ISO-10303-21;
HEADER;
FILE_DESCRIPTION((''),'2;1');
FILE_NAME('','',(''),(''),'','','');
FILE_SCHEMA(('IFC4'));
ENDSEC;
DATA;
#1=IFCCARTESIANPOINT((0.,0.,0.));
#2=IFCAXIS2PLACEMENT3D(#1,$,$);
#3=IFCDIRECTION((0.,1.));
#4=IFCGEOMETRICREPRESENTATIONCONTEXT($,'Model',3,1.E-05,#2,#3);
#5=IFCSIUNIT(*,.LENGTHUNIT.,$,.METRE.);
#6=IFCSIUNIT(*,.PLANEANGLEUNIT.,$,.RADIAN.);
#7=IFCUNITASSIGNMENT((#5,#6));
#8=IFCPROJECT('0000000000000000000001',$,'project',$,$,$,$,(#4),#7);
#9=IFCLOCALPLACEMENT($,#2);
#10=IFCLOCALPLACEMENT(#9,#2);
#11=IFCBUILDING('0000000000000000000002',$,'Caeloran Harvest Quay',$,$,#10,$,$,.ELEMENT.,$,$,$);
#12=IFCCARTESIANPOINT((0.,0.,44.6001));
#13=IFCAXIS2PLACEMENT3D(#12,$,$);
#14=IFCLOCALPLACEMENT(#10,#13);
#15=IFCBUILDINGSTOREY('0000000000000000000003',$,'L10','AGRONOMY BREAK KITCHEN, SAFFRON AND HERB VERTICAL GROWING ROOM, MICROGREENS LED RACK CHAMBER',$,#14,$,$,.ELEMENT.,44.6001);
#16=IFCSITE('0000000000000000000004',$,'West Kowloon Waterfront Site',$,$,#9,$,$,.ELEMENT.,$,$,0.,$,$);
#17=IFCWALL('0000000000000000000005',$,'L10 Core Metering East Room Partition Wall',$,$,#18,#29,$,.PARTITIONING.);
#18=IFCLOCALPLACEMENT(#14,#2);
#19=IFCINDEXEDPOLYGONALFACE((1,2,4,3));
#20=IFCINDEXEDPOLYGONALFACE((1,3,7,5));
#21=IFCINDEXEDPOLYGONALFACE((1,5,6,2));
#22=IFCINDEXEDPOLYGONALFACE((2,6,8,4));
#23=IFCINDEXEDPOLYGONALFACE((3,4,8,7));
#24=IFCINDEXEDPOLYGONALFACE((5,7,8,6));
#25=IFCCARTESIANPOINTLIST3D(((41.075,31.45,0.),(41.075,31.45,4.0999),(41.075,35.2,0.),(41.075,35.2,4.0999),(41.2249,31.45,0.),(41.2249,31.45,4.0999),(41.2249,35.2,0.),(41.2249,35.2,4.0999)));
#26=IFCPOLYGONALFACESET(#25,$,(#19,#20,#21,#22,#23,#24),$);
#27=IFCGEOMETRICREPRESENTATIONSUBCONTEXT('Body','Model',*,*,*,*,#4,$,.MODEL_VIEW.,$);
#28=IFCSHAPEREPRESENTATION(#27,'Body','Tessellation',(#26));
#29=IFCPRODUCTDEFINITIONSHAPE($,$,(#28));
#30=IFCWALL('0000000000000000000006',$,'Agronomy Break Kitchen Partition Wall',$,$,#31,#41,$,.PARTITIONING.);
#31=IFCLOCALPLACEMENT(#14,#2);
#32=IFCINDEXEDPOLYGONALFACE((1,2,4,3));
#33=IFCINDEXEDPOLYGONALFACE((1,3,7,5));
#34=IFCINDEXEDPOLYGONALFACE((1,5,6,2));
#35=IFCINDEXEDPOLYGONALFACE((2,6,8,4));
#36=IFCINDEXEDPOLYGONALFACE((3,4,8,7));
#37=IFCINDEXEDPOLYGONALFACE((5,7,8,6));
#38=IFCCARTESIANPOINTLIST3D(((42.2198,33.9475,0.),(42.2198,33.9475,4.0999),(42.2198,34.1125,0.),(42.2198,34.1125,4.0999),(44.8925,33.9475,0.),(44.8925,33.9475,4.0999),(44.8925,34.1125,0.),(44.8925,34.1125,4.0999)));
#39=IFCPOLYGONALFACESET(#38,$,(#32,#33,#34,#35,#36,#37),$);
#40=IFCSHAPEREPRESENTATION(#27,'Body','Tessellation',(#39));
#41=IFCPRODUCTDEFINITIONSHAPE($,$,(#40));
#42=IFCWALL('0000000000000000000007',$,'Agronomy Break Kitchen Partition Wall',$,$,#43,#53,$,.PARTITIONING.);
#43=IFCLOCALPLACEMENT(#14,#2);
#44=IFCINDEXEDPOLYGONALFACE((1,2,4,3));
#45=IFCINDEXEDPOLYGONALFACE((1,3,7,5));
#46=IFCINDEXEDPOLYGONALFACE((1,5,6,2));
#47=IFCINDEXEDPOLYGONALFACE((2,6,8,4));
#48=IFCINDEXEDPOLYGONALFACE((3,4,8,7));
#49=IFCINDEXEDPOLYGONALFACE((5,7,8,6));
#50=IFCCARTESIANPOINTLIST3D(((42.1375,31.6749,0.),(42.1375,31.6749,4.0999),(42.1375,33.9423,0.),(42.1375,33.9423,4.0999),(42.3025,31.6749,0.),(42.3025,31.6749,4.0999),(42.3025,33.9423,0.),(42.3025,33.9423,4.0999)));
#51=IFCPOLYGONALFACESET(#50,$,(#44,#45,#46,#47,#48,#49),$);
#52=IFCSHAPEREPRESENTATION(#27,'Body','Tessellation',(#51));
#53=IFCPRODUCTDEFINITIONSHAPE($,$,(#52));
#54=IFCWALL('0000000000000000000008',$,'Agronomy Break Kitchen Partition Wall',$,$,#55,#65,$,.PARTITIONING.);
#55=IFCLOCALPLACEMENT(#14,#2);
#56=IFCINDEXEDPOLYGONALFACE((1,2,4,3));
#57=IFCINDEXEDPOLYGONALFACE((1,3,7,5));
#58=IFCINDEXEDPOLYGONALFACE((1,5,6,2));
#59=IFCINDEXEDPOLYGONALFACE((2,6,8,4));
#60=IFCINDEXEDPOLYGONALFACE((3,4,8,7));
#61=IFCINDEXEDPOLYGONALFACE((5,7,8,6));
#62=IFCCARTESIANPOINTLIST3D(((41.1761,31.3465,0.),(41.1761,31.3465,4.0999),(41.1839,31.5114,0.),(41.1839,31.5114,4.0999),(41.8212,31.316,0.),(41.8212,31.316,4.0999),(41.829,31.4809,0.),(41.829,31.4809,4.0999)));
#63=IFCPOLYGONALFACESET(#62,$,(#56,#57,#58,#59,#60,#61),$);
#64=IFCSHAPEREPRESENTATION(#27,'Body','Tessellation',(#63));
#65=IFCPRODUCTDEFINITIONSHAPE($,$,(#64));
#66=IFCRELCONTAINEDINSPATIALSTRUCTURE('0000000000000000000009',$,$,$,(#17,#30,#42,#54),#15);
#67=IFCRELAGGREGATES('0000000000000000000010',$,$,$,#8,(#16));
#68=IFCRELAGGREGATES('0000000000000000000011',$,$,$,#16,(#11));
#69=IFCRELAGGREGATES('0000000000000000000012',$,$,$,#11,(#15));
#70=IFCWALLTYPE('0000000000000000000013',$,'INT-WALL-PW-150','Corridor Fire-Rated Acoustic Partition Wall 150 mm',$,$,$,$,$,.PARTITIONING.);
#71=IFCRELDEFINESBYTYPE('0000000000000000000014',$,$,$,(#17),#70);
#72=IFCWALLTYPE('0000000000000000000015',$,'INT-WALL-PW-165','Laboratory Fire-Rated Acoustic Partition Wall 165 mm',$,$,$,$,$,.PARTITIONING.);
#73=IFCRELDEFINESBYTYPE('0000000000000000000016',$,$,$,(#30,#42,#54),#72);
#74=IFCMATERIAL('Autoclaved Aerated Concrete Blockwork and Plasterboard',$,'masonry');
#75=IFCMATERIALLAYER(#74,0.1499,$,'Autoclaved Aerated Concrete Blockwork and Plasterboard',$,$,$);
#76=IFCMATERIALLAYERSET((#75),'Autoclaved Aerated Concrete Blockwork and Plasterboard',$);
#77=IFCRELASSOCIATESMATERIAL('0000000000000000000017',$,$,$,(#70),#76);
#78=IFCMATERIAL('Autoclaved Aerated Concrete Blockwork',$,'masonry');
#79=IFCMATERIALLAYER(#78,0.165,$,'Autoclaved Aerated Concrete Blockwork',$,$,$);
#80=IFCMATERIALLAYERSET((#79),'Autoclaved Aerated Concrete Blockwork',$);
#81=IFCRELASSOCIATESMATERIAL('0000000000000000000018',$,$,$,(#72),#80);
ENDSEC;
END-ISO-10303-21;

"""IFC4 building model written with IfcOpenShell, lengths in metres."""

from ifc_helpers import new_model, si_unit, direction, frame, frame_2d, origin, place, context, subcontext, project, spatial, rectangle, extrude, material, layer, layer_set, type_object, element, save


model = new_model("IFC4")

# Units and contexts
model_context = context("Model", 3, precision=1e-05, world=origin(), true_north=direction((0.0, 1.0)))
body_context = subcontext(model_context, "Body", "Model", "MODEL_VIEW")
ifc_project = project(units=[si_unit("LENGTHUNIT", "METRE"), si_unit("PLANEANGLEUNIT", "RADIAN")], contexts=[model_context])

# Site, building, storey
site_placement = place(None, origin())
site = spatial("IfcSite", under=ifc_project, at=site_placement, Name="West Kowloon Waterfront Site", CompositionType="ELEMENT", RefElevation=0.0)
building_placement = place(site_placement, origin())
building = spatial("IfcBuilding", under=site, at=building_placement, Name="Caeloran Harvest Quay", CompositionType="ELEMENT")
storey_placement = place(building_placement, frame((0.0, 0.0, 44.6001)))
storey = spatial("IfcBuildingStorey", under=building, at=storey_placement, Name="L10", Description="AGRONOMY BREAK KITCHEN, SAFFRON AND HERB VERTICAL GROWING ROOM, MICROGREENS LED RACK CHAMBER", CompositionType="ELEMENT", Elevation=44.6001)

# Walls
ifc_material_1 = material(Name="Autoclaved Aerated Concrete Blockwork and Plasterboard", Category="masonry")
ifc_layer_1 = layer(ifc_material_1, 0.1499, Name="Autoclaved Aerated Concrete Blockwork and Plasterboard")
ifc_layer_set_1 = layer_set([ifc_layer_1], Name="Autoclaved Aerated Concrete Blockwork and Plasterboard")
wall_type_1 = type_object("IfcWallType", Name="INT-WALL-PW-150", Description="Corridor Fire-Rated Acoustic Partition Wall 150 mm", PredefinedType="PARTITIONING", material=ifc_layer_set_1)
wall_1_placement = place(storey_placement, frame((41.1499, 35.2, 0.0), z_axis=(0.0, 0.0, 1.0), x_axis=(0.0, -1.0, 0.0)))
element("IfcWall", 1, at=wall_1_placement, inside=storey, type_object=wall_type_1, Name="L10 Core Metering East Room Partition Wall", PredefinedType="PARTITIONING", context=body_context, shape_type="SweptSolid", body=[
    extrude(rectangle(XDim=3.75, YDim=0.1499, at=frame_2d((1.875, 0.0))), origin(), (0.0, 0.0, 1.0), 4.0999),
])
ifc_material_2 = material(Name="Autoclaved Aerated Concrete Blockwork", Category="masonry")
ifc_layer_2 = layer(ifc_material_2, 0.165, Name="Autoclaved Aerated Concrete Blockwork")
ifc_layer_set_2 = layer_set([ifc_layer_2], Name="Autoclaved Aerated Concrete Blockwork")
wall_type_2 = type_object("IfcWallType", Name="INT-WALL-PW-165", Description="Laboratory Fire-Rated Acoustic Partition Wall 165 mm", PredefinedType="PARTITIONING", material=ifc_layer_set_2)
wall_2_placement = place(storey_placement, frame((44.8926, 34.03, 0.0), z_axis=(0.0, 0.0, 1.0), x_axis=(-1.0, 0.0, 0.0)))
element("IfcWall", 2, at=wall_2_placement, inside=storey, type_object=wall_type_2, Name="Agronomy Break Kitchen Partition Wall", PredefinedType="PARTITIONING", context=body_context, shape_type="SweptSolid", body=[
    extrude(rectangle(XDim=2.6726, YDim=0.165, at=frame_2d((1.3364, 0.0))), origin(), (0.0, 0.0, 1.0), 4.0999),
])
wall_3_placement = place(storey_placement, frame((42.22, 33.9424, 0.0), z_axis=(0.0, 0.0, 1.0), x_axis=(0.0, -1.0, 0.0)))
element("IfcWall", 3, at=wall_3_placement, inside=storey, type_object=wall_type_2, Name="Agronomy Break Kitchen Partition Wall", PredefinedType="PARTITIONING", context=body_context, shape_type="SweptSolid", body=[
    extrude(rectangle(XDim=2.2673, YDim=0.165, at=frame_2d((1.1338, 0.0))), origin(), (0.0, 0.0, 1.0), 4.0999),
])
wall_4_placement = place(storey_placement, frame((41.825, 31.3984, 0.0), z_axis=(0.0, 0.0, 1.0), x_axis=(-0.998883, 0.04726, 0.0)))
element("IfcWall", 4, at=wall_4_placement, inside=storey, type_object=wall_type_2, Name="Agronomy Break Kitchen Partition Wall", PredefinedType="PARTITIONING", context=body_context, shape_type="SweptSolid", body=[
    extrude(rectangle(XDim=0.6458, YDim=0.165, at=frame_2d((0.3228, 0.0))), origin(), (0.0, 0.0, 1.0), 4.0999),
])

save(model, "model.ifc")
